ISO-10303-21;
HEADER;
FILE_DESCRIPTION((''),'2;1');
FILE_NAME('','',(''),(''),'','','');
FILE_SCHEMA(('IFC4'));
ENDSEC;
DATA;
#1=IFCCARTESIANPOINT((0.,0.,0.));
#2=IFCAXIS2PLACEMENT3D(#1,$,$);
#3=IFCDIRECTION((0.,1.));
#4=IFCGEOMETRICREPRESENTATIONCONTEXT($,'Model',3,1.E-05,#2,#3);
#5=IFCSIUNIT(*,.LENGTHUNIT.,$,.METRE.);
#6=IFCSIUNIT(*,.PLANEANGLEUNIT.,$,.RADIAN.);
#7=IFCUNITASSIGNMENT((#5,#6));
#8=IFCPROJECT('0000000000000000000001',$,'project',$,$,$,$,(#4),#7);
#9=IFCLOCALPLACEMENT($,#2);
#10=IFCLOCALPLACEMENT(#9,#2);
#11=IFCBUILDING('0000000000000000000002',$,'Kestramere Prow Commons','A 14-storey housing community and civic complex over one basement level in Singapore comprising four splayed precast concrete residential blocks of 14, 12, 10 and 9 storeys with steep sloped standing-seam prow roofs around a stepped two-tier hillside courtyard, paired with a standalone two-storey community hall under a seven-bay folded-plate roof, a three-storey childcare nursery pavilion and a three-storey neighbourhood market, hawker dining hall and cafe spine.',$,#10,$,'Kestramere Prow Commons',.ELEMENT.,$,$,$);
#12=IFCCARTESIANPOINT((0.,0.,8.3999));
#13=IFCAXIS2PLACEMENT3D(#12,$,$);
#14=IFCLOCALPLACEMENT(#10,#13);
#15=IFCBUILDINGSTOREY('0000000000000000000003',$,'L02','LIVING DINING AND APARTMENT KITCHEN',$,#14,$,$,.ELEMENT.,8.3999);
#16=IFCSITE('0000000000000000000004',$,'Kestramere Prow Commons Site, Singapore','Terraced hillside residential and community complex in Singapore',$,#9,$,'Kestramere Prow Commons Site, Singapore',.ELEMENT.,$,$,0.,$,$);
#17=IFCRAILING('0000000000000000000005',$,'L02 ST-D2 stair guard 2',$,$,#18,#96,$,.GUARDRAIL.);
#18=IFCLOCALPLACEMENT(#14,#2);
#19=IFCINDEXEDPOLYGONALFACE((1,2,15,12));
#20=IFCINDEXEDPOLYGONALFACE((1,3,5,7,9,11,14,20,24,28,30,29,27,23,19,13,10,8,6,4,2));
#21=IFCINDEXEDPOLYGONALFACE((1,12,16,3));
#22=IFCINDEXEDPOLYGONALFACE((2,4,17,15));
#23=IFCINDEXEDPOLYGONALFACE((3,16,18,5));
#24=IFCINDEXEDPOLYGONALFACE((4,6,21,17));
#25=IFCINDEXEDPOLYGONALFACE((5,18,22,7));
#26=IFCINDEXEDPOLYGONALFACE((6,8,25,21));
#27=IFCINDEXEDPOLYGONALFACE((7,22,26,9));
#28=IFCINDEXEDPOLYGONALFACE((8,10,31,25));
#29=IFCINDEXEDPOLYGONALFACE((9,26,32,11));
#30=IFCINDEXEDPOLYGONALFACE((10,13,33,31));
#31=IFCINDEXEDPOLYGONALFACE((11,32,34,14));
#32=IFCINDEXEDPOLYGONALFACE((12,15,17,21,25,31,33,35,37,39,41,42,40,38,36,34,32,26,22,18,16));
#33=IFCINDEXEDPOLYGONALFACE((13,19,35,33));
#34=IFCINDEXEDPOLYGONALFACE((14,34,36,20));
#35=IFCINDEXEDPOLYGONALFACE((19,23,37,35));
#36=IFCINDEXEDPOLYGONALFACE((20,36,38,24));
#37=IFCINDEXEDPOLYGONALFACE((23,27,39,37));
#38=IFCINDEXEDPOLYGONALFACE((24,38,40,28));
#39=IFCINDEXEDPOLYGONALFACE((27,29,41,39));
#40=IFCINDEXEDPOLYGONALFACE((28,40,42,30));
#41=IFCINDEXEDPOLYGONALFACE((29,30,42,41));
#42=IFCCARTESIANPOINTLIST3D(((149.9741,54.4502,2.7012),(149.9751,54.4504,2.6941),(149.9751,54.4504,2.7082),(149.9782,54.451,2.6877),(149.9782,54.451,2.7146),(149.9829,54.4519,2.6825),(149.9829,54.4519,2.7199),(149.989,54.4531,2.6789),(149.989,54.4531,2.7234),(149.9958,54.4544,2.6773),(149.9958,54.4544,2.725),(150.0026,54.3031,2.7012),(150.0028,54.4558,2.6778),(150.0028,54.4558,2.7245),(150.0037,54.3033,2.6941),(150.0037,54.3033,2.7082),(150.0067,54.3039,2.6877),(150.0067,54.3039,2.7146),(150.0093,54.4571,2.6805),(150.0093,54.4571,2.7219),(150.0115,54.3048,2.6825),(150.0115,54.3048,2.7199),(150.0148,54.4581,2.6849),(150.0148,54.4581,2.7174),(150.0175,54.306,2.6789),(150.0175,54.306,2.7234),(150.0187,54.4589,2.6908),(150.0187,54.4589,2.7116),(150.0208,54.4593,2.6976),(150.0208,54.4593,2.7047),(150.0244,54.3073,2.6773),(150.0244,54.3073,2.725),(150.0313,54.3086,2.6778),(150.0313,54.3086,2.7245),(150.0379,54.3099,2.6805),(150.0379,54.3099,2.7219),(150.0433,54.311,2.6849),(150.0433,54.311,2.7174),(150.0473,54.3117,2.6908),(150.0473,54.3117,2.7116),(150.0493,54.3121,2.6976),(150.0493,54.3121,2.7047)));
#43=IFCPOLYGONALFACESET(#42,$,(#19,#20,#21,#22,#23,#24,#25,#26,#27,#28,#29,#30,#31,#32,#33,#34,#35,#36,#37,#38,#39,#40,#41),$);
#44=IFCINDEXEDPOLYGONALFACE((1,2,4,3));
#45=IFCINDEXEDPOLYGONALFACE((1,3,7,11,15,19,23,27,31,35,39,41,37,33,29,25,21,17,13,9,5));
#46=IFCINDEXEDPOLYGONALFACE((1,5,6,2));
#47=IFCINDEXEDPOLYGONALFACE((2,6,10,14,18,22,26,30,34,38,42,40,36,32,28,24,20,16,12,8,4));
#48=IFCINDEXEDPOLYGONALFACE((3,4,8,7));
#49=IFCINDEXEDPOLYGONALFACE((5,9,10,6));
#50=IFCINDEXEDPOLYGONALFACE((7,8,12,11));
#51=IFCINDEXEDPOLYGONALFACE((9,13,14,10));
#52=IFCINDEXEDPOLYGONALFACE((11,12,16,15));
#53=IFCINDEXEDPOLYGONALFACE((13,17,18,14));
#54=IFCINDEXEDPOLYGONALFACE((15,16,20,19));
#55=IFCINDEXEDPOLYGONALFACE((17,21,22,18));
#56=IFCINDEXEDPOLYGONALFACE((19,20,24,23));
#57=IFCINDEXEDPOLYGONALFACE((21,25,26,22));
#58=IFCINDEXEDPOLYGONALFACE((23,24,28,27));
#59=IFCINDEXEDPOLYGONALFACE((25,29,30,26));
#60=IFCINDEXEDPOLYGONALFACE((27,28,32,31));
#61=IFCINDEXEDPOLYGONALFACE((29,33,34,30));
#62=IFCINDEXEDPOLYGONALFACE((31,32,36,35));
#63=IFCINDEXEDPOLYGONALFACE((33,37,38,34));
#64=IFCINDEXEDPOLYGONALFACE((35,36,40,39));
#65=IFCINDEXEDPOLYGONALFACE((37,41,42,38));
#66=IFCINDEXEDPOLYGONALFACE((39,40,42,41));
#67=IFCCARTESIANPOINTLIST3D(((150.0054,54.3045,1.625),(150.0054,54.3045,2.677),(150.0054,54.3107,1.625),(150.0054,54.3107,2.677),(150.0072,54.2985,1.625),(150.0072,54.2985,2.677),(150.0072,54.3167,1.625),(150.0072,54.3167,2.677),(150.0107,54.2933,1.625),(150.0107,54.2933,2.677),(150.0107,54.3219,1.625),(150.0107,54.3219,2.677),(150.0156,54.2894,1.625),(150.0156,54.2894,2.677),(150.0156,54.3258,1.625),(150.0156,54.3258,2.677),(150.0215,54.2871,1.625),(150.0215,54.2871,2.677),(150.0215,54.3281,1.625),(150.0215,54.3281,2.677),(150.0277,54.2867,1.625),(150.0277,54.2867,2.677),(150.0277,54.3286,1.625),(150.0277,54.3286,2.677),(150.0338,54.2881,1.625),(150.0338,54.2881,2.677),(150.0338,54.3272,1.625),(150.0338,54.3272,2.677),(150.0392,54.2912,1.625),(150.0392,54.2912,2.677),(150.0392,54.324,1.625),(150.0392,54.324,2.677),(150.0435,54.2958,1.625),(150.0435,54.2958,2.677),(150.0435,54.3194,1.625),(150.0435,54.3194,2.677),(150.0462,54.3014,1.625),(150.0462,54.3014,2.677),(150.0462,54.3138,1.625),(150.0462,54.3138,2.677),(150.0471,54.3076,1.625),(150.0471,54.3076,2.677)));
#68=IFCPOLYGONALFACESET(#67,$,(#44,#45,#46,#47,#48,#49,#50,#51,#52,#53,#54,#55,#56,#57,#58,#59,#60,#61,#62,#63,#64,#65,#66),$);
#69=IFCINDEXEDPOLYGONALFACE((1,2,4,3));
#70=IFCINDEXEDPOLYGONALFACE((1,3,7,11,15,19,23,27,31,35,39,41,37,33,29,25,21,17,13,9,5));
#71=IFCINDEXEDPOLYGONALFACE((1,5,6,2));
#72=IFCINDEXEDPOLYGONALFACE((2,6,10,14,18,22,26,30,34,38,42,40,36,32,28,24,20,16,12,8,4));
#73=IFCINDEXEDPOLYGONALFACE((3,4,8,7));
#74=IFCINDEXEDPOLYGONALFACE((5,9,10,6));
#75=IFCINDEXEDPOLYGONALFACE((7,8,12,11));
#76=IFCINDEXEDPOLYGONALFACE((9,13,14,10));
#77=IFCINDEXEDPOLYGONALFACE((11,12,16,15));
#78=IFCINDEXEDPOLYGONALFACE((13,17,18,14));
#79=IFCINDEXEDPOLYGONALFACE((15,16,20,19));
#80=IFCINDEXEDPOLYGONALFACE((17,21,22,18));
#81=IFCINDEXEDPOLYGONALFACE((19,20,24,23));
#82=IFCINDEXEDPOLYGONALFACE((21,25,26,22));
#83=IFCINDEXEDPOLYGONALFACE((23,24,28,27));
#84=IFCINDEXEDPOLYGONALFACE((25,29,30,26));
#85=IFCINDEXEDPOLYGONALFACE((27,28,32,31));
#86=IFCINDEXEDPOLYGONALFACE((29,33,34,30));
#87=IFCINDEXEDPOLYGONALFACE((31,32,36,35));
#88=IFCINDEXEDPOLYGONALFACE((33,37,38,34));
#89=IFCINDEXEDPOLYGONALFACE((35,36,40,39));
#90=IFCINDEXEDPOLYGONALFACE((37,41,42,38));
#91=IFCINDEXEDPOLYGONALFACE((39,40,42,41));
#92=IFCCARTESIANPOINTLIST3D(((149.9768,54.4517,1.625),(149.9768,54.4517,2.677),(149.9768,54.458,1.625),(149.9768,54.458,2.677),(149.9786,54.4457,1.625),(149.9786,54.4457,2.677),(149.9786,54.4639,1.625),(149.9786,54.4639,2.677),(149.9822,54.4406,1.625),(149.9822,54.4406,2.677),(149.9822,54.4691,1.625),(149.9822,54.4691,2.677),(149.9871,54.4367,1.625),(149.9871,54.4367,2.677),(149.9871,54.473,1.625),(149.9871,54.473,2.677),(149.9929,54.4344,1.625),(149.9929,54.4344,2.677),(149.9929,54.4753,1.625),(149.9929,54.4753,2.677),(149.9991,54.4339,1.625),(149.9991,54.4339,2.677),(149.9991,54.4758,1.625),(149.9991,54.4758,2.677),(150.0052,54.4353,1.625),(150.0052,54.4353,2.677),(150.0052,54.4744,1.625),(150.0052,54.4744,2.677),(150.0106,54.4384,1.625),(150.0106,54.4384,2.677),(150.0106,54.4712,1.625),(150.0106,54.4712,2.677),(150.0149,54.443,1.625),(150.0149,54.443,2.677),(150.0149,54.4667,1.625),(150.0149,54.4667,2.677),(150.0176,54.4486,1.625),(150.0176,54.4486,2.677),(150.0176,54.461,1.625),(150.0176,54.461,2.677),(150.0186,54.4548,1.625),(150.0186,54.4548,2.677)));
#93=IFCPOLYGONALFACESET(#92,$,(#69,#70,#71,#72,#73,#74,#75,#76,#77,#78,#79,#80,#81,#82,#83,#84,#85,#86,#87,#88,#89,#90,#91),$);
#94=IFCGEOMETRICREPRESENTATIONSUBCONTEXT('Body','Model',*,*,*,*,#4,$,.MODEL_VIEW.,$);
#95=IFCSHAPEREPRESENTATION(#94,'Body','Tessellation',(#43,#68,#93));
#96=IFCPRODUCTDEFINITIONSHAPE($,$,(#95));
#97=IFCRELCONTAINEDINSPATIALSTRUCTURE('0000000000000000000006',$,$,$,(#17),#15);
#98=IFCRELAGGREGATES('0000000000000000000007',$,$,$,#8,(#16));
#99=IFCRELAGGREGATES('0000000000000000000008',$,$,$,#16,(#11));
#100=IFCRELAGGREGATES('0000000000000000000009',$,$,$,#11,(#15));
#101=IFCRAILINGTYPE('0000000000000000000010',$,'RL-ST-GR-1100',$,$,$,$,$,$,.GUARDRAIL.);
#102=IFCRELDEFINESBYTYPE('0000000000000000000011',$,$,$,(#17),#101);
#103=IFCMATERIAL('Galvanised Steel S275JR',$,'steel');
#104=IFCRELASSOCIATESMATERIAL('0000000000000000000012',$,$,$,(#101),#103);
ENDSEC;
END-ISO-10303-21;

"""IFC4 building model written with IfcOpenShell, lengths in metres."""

from ifc_helpers import new_model, si_unit, direction, frame, origin, origin_2d, place, context, subcontext, project, spatial, circle, extrude, material, type_object, element, save


model = new_model("IFC4")

# Units and contexts
model_context = context("Model", 3, precision=1e-05, world=origin(), true_north=direction((0.0, 1.0)))
body_context = subcontext(model_context, "Body", "Model", "MODEL_VIEW")
ifc_project = project(units=[si_unit("LENGTHUNIT", "METRE"), si_unit("PLANEANGLEUNIT", "RADIAN")], contexts=[model_context])

# Site, building, storey
site_placement = place(None, origin())
site = spatial("IfcSite", under=ifc_project, at=site_placement, Name="Kestramere Prow Commons Site, Singapore", Description="Terraced hillside residential and community complex in Singapore", LongName="Kestramere Prow Commons Site, Singapore", CompositionType="ELEMENT", RefElevation=0.0)
building_placement = place(site_placement, origin())
building = spatial("IfcBuilding", under=site, at=building_placement, Name="Kestramere Prow Commons", Description="A 14-storey housing community and civic complex over one basement level in Singapore comprising four splayed precast concrete residential blocks of 14, 12, 10 and 9 storeys with steep sloped standing-seam prow roofs around a stepped two-tier hillside courtyard, paired with a standalone two-storey community hall under a seven-bay folded-plate roof, a three-storey childcare nursery pavilion and a three-storey neighbourhood market, hawker dining hall and cafe spine.", LongName="Kestramere Prow Commons", CompositionType="ELEMENT")
storey_placement = place(building_placement, frame((0.0, 0.0, 8.3999)))
storey = spatial("IfcBuildingStorey", under=building, at=storey_placement, Name="L02", Description="LIVING DINING AND APARTMENT KITCHEN", CompositionType="ELEMENT", Elevation=8.3999)

# Railing
ifc_material_1 = material(Name="Galvanised Steel S275JR", Category="steel")
railing_type_1 = type_object("IfcRailingType", Name="RL-ST-GR-1100", PredefinedType="GUARDRAIL", material=ifc_material_1)
railing_1_placement = place(storey_placement, frame((150.0261, 54.3076, 1.625)))
element("IfcRailing", 1, at=railing_1_placement, inside=storey, type_object=railing_type_1, Name="L02 ST-D2 stair guard 2", PredefinedType="GUARDRAIL", context=body_context, shape_type="SweptSolid", body=[
    extrude(circle(Radius=0.0239, at=origin_2d()), frame((0.0, 0.0, 1.0762), z_axis=(-0.190477, 0.981692, 0.0), x_axis=(-0.981692, -0.190477, 0.0)), (0.0, 0.0, 1.0), 0.1499),
    extrude(circle(Radius=0.021, at=origin_2d()), origin(), (0.0, 0.0, 1.0), 1.052),
    extrude(circle(Radius=0.021, at=origin_2d()), frame((-0.0286, 0.1472, 0.0)), (0.0, 0.0, 1.0), 1.052),
])

save(model, "model.ifc")
